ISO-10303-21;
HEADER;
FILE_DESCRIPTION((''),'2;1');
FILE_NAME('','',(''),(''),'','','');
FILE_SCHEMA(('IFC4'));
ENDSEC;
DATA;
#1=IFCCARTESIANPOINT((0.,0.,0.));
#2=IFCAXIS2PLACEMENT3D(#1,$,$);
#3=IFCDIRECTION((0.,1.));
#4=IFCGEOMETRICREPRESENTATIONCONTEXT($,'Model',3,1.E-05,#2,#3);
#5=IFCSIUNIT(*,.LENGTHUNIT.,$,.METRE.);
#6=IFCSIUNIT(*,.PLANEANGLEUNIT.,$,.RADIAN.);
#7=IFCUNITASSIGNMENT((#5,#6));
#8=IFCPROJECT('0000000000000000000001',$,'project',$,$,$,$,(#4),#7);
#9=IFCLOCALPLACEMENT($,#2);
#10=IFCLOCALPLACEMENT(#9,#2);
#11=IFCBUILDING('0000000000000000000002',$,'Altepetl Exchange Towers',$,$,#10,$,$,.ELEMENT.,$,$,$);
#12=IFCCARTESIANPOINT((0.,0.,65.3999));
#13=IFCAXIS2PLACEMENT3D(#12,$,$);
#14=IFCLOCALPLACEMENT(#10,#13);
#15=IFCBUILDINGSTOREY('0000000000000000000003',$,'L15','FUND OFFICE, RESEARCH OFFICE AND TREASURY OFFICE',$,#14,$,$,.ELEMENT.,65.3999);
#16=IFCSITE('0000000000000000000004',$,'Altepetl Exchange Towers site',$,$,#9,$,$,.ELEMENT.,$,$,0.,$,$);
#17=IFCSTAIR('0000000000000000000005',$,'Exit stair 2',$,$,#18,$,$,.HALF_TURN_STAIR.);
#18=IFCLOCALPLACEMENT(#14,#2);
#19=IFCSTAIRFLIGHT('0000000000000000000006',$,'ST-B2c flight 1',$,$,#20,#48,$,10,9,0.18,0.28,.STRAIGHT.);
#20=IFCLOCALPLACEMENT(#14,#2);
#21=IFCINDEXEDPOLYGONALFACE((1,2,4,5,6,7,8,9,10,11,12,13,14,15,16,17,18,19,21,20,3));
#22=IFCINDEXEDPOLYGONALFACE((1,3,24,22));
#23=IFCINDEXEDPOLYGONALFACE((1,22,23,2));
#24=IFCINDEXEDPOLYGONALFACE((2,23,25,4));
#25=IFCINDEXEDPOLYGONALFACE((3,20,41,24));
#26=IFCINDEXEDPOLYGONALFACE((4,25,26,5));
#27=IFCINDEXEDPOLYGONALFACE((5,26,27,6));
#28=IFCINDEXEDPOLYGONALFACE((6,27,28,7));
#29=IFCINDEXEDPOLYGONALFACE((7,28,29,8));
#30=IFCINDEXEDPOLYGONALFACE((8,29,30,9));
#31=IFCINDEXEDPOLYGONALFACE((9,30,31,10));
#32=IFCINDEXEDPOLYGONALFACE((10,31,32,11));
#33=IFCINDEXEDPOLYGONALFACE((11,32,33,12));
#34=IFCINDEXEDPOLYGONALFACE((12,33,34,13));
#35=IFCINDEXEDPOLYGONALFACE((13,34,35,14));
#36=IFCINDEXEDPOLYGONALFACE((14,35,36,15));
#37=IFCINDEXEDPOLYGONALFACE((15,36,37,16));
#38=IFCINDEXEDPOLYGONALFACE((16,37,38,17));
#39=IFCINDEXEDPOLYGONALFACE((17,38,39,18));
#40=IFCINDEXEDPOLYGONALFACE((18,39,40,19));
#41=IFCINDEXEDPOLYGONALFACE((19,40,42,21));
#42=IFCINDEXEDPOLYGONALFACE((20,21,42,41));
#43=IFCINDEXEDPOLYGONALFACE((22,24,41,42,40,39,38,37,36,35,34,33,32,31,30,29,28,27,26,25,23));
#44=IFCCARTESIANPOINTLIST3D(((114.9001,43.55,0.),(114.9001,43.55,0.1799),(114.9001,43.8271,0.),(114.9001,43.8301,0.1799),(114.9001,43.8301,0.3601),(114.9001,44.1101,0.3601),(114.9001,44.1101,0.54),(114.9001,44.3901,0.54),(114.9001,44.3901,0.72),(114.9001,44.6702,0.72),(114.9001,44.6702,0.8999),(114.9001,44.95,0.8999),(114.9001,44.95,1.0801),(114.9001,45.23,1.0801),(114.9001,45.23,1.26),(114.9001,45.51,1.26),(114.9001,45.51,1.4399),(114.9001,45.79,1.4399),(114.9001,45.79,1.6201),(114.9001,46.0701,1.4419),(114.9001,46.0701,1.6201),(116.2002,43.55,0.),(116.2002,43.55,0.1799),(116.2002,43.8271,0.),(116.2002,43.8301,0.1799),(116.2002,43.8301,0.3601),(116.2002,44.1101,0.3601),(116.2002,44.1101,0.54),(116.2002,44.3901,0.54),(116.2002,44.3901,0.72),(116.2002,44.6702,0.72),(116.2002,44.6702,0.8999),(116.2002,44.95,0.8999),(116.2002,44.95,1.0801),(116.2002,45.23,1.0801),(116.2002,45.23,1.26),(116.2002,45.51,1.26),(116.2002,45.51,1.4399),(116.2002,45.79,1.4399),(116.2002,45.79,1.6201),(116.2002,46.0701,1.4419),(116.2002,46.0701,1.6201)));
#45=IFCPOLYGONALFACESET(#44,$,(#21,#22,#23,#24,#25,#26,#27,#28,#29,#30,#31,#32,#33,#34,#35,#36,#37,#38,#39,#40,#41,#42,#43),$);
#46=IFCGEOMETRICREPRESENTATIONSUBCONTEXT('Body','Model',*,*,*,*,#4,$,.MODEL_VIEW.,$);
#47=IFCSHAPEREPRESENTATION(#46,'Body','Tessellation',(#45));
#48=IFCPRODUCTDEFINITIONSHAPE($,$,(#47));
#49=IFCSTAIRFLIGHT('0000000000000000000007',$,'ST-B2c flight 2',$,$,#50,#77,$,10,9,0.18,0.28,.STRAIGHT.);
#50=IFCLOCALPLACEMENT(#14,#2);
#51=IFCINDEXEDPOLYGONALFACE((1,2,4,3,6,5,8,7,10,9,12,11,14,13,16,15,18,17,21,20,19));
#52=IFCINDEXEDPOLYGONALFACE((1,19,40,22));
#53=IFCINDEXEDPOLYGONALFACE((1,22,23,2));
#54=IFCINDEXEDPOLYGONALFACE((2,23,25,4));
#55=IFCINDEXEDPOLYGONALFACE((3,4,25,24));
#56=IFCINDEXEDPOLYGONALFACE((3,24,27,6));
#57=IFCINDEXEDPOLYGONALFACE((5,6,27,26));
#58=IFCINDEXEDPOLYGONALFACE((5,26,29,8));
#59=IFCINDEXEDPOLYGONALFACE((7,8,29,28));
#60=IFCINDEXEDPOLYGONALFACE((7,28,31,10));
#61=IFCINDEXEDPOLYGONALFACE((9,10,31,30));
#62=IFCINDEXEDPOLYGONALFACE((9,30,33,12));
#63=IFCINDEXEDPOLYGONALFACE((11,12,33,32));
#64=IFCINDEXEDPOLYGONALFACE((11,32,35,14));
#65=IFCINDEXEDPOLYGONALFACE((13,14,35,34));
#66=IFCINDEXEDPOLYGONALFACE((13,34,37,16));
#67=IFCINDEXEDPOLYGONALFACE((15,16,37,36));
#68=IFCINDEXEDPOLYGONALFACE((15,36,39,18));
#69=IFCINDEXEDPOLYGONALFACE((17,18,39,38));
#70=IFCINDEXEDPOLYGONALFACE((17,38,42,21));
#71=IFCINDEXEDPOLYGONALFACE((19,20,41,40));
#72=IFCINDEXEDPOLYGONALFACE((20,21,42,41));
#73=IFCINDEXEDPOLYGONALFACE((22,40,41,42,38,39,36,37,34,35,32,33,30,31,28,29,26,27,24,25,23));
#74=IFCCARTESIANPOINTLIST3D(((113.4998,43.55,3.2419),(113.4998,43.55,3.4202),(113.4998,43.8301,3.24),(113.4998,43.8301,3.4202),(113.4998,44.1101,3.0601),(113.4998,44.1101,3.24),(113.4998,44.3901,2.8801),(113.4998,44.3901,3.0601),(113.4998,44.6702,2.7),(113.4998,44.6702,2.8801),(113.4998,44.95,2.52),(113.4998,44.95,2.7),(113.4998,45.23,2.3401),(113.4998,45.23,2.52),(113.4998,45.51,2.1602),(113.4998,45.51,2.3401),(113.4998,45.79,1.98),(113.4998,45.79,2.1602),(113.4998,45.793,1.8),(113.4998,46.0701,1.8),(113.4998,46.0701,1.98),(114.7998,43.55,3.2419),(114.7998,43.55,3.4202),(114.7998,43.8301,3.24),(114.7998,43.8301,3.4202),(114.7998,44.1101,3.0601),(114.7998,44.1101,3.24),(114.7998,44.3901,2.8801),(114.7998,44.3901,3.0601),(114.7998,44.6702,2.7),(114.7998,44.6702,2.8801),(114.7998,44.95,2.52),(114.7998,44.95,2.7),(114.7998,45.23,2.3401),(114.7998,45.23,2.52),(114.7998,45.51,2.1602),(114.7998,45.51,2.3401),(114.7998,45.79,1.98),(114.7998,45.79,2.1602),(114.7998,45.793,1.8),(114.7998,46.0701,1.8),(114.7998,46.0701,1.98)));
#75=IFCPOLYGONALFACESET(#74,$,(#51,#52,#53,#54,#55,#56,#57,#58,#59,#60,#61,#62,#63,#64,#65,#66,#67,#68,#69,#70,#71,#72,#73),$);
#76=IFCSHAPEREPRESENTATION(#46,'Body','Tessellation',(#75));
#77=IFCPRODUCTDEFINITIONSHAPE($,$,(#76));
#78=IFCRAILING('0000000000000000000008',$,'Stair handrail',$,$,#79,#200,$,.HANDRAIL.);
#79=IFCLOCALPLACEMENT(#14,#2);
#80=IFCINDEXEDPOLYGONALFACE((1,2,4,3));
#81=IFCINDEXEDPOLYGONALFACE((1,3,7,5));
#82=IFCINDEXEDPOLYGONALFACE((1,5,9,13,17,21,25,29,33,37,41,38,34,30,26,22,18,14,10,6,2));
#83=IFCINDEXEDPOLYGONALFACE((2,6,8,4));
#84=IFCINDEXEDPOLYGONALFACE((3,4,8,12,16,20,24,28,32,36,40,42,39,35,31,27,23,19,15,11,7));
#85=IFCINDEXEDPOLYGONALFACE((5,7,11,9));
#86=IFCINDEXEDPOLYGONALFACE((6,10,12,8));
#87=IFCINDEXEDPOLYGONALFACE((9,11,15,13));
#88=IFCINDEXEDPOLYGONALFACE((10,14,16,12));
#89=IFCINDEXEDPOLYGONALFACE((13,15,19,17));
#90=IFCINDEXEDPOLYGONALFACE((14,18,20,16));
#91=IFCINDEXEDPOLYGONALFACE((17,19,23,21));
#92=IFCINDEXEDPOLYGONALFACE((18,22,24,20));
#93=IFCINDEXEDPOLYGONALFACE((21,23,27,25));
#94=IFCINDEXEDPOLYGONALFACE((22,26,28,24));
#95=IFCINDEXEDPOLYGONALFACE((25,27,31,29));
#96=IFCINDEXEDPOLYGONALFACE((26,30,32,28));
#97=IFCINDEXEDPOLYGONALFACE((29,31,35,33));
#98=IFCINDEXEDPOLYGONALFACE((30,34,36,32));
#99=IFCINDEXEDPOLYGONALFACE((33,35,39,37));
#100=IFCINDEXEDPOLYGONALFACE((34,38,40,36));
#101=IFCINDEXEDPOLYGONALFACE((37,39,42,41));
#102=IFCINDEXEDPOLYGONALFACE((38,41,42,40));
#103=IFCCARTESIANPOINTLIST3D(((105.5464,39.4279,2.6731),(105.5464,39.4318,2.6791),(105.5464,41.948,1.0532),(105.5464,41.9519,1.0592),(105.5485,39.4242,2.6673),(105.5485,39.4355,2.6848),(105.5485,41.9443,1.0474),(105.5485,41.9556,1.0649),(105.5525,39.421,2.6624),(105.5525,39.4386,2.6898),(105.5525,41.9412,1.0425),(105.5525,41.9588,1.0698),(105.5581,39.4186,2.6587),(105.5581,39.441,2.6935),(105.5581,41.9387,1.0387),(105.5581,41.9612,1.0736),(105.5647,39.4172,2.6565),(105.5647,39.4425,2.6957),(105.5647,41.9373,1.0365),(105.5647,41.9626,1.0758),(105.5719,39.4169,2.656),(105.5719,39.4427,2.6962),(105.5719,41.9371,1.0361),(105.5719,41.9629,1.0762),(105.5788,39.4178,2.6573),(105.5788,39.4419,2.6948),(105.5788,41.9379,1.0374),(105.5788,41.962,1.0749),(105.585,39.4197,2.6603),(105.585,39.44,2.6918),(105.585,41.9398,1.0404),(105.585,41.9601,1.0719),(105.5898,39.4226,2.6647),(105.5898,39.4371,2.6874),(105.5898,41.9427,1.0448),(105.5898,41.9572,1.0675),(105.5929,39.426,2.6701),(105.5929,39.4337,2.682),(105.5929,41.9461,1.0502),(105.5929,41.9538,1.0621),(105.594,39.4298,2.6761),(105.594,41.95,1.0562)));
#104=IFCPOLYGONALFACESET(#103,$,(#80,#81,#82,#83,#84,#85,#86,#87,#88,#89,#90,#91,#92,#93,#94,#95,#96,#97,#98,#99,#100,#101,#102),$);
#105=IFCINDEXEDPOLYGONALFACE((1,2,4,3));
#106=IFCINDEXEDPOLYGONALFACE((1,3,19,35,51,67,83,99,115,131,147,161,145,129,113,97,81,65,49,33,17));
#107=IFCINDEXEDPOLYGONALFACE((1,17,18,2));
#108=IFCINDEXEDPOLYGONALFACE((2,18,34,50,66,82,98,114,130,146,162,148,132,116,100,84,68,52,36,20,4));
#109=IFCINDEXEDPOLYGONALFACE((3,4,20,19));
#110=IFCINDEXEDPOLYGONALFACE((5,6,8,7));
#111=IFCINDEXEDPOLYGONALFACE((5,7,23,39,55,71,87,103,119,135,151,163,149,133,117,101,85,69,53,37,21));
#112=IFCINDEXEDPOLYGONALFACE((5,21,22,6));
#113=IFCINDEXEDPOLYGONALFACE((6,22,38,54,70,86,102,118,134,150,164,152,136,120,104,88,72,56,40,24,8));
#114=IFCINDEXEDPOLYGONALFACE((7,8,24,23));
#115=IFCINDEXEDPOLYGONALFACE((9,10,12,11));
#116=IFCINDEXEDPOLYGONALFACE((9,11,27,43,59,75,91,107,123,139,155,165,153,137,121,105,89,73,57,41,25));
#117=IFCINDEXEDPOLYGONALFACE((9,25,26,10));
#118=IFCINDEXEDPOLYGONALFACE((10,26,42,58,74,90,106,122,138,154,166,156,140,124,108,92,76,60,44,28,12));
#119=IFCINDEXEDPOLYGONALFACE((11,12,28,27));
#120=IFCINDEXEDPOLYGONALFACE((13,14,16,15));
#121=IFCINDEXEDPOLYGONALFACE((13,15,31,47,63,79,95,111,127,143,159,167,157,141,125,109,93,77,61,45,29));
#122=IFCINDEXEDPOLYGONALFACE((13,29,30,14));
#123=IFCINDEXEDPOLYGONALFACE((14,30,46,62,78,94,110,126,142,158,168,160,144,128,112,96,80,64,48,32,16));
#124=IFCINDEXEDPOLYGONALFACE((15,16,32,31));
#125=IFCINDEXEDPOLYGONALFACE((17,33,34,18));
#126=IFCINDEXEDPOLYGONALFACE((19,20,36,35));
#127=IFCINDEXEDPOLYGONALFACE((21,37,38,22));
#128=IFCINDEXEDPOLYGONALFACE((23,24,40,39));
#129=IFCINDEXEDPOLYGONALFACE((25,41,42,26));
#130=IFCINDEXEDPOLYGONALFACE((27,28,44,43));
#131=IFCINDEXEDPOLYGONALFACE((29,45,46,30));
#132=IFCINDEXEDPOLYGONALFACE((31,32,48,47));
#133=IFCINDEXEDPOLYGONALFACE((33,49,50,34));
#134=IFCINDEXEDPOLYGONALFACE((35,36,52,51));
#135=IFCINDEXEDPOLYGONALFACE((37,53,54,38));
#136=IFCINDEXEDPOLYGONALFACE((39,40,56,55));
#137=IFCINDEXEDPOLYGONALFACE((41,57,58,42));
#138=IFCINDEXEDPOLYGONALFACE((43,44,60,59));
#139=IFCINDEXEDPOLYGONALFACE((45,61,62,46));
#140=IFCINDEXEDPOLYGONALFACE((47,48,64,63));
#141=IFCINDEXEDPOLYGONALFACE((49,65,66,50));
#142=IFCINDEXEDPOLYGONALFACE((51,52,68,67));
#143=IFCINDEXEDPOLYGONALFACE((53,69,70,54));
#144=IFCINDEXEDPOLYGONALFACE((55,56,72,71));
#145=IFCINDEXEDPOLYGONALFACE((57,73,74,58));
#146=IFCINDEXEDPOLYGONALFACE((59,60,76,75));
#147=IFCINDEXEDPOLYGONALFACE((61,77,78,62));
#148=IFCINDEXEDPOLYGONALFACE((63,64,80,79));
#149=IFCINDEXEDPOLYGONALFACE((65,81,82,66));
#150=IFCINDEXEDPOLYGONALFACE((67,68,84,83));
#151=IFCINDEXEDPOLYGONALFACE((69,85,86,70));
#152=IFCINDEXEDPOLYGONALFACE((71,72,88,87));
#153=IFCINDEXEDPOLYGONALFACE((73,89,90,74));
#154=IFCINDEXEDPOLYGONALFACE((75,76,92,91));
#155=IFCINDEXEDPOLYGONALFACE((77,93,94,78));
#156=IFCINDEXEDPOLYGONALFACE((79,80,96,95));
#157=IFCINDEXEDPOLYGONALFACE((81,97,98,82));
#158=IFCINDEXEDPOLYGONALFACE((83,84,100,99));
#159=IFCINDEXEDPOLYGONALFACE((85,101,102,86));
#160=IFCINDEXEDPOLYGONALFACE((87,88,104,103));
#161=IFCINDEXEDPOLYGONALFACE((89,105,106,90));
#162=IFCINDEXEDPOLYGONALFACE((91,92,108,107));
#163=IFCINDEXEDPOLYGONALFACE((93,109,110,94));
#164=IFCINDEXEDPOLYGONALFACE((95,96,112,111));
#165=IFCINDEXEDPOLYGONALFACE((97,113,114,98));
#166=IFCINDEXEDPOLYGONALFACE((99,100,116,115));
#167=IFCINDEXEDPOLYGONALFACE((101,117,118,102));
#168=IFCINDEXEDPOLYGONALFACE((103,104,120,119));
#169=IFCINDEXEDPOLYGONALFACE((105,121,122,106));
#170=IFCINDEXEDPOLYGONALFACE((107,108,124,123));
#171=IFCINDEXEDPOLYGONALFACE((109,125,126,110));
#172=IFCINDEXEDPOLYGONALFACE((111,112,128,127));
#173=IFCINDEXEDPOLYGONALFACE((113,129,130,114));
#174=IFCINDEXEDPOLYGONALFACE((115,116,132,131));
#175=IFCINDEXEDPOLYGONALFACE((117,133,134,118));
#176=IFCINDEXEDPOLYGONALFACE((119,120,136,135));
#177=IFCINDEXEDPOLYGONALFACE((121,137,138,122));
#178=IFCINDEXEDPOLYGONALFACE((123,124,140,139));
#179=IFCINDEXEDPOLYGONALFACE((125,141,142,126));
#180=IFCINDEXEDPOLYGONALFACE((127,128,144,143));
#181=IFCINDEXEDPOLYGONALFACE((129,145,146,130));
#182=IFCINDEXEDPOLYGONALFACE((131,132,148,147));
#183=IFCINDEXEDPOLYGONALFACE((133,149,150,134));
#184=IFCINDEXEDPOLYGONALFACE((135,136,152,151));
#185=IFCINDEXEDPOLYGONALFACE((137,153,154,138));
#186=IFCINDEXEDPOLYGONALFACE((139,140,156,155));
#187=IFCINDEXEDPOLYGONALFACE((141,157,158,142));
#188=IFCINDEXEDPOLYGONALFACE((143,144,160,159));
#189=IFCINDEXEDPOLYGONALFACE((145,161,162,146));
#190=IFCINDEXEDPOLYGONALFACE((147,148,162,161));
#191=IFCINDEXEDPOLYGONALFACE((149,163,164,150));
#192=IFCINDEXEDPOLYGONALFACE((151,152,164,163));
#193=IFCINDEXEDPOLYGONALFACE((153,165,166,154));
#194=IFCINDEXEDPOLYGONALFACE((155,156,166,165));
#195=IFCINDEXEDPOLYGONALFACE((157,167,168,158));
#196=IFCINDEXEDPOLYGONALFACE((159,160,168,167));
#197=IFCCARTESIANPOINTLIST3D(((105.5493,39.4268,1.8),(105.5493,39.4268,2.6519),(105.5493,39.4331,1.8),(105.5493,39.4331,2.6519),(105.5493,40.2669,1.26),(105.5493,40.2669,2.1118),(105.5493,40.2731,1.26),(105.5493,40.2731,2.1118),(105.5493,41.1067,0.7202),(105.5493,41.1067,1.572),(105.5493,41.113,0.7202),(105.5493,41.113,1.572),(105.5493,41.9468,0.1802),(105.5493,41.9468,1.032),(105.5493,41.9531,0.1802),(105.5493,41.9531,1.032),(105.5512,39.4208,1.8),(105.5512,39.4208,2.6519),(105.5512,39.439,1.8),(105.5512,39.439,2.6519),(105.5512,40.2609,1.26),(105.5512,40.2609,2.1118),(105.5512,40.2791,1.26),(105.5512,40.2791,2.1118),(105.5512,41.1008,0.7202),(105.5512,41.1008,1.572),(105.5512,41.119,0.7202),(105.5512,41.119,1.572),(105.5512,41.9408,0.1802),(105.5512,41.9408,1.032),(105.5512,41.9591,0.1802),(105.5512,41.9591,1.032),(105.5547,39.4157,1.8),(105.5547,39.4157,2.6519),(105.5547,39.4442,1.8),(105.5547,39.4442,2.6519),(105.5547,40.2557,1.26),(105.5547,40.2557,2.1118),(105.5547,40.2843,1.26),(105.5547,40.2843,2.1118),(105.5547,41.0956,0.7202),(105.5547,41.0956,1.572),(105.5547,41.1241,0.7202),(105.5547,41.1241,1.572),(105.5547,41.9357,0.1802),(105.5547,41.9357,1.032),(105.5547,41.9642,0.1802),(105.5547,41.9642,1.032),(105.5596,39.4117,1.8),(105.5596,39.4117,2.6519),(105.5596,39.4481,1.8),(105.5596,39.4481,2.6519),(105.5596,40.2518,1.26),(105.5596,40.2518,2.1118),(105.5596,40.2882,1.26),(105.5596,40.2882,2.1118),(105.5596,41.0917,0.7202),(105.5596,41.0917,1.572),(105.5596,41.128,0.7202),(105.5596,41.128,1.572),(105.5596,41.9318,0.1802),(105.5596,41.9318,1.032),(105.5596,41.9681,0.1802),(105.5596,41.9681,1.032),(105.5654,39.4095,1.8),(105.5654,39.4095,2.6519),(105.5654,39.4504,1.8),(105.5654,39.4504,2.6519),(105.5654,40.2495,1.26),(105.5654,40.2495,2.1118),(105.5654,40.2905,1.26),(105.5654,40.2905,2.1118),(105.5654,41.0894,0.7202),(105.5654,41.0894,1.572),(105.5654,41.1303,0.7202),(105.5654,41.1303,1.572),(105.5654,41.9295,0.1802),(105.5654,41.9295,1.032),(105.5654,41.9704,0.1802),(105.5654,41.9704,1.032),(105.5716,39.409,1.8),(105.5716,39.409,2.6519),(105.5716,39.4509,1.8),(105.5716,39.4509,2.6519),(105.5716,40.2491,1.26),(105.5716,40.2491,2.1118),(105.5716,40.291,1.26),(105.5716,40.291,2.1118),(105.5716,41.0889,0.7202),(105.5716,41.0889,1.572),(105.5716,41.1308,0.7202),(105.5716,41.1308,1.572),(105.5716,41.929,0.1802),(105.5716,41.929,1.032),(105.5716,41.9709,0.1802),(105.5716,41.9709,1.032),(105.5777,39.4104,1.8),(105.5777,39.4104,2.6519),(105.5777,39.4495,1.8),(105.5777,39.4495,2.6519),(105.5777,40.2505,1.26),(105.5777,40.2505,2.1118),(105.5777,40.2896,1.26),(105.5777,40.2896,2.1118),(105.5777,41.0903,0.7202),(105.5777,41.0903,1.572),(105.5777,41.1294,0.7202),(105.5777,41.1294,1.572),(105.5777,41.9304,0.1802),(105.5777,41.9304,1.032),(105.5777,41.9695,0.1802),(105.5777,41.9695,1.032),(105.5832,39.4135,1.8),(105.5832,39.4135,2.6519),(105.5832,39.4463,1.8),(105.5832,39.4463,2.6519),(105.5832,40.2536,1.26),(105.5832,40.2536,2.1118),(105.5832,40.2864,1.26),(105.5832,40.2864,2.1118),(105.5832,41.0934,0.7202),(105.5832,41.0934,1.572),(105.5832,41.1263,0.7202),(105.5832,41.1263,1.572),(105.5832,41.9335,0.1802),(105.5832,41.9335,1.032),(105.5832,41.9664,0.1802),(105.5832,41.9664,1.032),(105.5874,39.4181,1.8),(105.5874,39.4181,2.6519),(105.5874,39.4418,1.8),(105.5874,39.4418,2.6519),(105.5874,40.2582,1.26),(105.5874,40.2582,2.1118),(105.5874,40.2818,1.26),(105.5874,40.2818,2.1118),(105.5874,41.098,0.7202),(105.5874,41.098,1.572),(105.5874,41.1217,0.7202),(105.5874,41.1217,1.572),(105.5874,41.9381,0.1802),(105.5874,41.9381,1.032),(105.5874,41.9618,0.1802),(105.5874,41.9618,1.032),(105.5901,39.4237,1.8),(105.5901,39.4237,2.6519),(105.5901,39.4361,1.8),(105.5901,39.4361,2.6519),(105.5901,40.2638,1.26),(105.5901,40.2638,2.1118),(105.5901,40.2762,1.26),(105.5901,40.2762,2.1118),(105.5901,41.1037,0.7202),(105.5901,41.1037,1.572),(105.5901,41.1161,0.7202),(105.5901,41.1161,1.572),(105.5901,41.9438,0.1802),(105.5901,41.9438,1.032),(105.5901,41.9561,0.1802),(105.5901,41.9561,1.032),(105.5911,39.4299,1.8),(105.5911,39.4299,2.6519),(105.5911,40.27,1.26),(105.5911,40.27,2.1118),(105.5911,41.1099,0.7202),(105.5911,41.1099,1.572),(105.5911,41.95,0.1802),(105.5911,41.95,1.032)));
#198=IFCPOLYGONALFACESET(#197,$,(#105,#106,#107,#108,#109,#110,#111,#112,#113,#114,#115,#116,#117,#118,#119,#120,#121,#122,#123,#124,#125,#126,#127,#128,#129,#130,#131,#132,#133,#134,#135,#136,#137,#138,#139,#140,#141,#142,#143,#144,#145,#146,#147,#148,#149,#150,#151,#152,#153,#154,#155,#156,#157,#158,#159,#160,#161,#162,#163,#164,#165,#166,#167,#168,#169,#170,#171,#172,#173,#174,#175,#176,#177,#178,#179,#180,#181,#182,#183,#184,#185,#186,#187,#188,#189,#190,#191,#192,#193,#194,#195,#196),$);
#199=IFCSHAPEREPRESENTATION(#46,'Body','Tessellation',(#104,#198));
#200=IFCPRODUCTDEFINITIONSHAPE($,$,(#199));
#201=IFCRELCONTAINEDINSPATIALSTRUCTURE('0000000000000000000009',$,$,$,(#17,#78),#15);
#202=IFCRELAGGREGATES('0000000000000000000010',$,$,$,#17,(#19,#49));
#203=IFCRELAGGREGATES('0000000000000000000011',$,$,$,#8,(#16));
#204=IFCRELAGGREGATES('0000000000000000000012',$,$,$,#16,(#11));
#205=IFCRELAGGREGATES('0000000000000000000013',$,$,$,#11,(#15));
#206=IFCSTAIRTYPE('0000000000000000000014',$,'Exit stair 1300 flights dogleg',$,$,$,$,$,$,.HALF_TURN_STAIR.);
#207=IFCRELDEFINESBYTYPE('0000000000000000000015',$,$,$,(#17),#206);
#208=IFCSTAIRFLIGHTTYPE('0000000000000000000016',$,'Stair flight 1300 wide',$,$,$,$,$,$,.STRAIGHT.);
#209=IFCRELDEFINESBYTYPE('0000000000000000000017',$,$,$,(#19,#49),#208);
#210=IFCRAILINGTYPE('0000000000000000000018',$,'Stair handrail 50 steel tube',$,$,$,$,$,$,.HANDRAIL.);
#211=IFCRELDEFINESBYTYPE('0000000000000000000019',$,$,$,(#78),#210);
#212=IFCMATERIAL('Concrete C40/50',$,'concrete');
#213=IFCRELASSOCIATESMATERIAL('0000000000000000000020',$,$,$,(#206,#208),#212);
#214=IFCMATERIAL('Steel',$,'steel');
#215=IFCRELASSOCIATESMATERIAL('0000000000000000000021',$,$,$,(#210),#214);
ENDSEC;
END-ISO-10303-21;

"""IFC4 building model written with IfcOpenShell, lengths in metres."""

from ifc_helpers import new_model, si_unit, direction, frame, origin, origin_2d, place, context, subcontext, project, spatial, polyline, circle, outline, extrude, source, transform, mapped, material, type_object, element, aggregate, save


model = new_model("IFC4")

# Units and contexts
model_context = context("Model", 3, precision=1e-05, world=origin(), true_north=direction((0.0, 1.0)))
body_context = subcontext(model_context, "Body", "Model", "MODEL_VIEW")
ifc_project = project(units=[si_unit("LENGTHUNIT", "METRE"), si_unit("PLANEANGLEUNIT", "RADIAN")], contexts=[model_context])

# Site, building, storey
site_placement = place(None, origin())
site = spatial("IfcSite", under=ifc_project, at=site_placement, Name="Altepetl Exchange Towers site", CompositionType="ELEMENT", RefElevation=0.0)
building_placement = place(site_placement, origin())
building = spatial("IfcBuilding", under=site, at=building_placement, Name="Altepetl Exchange Towers", CompositionType="ELEMENT")
storey_placement = place(building_placement, frame((0.0, 0.0, 65.3999)))
storey = spatial("IfcBuildingStorey", under=building, at=storey_placement, Name="L15", Description="FUND OFFICE, RESEARCH OFFICE AND TREASURY OFFICE", CompositionType="ELEMENT", Elevation=65.3999)

# Shared definitions
ifc_material_1 = material(Name="Concrete C40/50", Category="concrete")

# Shared definitions
stair_type = type_object("IfcStairType", Name="Exit stair 1300 flights dogleg", PredefinedType="HALF_TURN_STAIR", material=ifc_material_1)
stair_flight_type = type_object("IfcStairFlightType", Name="Stair flight 1300 wide", PredefinedType="STRAIGHT", material=ifc_material_1)

# Stair, stair flights
stair_1_placement = place(storey_placement, origin())
stair_1 = element("IfcStair", 1, at=stair_1_placement, inside=storey, type_object=stair_type, Name="Exit stair 2", PredefinedType="HALF_TURN_STAIR")
stair_flight_1_placement = place(storey_placement, frame((115.55, 43.55, 0.0), z_axis=(0.0, 0.0, 1.0), x_axis=(0.0, 1.0, 0.0)))
stair_flight_1 = element("IfcStairFlight", 2, at=stair_flight_1_placement, type_object=stair_flight_type, Name="ST-B2c flight 1", NumberOfRisers=10, NumberOfTreads=9, PredefinedType="STRAIGHT", RiserHeight=0.18, TreadLength=0.28, context=body_context, shape_type="SweptSolid", body=[
    extrude(outline(polyline([(0.0, 0.0), (0.0, 0.1799), (0.28, 0.1799), (0.28, 0.3601), (0.5601, 0.3601), (0.5601, 0.54), (0.8401, 0.54), (0.8401, 0.72), (1.1201, 0.72), (1.1201, 0.8999), (1.3999, 0.8999), (1.3999, 1.0801), (1.6799, 1.0801), (1.6799, 1.26), (1.96, 1.26), (1.96, 1.4399), (2.24, 1.4399), (2.24, 1.6201), (2.52, 1.6201), (2.52, 1.8), (2.52, 1.4419), (0.2771, 0.0), (0.0, 0.0)])), frame((0.0, 0.6499, 0.0), z_axis=(0.0, -1.0, 0.0), x_axis=(1.0, 0.0, 0.0)), (0.0, 0.0, 1.0), 1.3),
])
stair_flight_2_placement = place(storey_placement, frame((114.1499, 46.0701, 1.8), z_axis=(0.0, 0.0, 1.0), x_axis=(0.0, -1.0, 0.0)))
stair_flight_2 = element("IfcStairFlight", 3, at=stair_flight_2_placement, type_object=stair_flight_type, Name="ST-B2c flight 2", NumberOfRisers=10, NumberOfTreads=9, PredefinedType="STRAIGHT", RiserHeight=0.18, TreadLength=0.28, context=body_context, shape_type="SweptSolid", body=[
    extrude(outline(polyline([(0.0, 0.0), (0.0, 0.1799), (0.28, 0.1799), (0.28, 0.3601), (0.5601, 0.3601), (0.5601, 0.54), (0.8401, 0.54), (0.8401, 0.72), (1.1201, 0.72), (1.1201, 0.8999), (1.3999, 0.8999), (1.3999, 1.0801), (1.6799, 1.0801), (1.6799, 1.26), (1.96, 1.26), (1.96, 1.4399), (2.24, 1.4399), (2.24, 1.6201), (2.52, 1.6201), (2.52, 1.8), (2.52, 1.4419), (0.2771, 0.0), (0.0, 0.0)])), frame((0.0, 0.6499, 0.0), z_axis=(0.0, -1.0, 0.0), x_axis=(1.0, 0.0, 0.0)), (0.0, 0.0, 1.0), 1.3),
])
aggregate(stair_1, [stair_flight_1, stair_flight_2])

# Railing
ifc_material_2 = material(Name="Steel", Category="steel")
railing_type = type_object("IfcRailingType", Name="Stair handrail 50 steel tube", PredefinedType="HANDRAIL", material=ifc_material_2)
shared_shape = source(origin(), body_context, "Body", "SweptSolid", [
    extrude(circle(Radius=0.021, at=origin_2d()), origin(), (0.0, 0.0, 1.0), 0.8518),
])
railing_1_placement = place(storey_placement, frame((105.5701, 41.95, 0.1802)))
element("IfcRailing", 4, at=railing_1_placement, inside=storey, type_object=railing_type, Name="Stair handrail", PredefinedType="HANDRAIL", context=body_context, shape_type="SweptSolid", body=[
    extrude(circle(Radius=0.0239, at=origin_2d()), frame((0.0, 0.0, 0.876), z_axis=(0.0, -0.8412, 0.540725), x_axis=(1.0, 0.0, 0.0)), (0.0, 0.0, 1.0), 2.9958),
    mapped(shared_shape, transform((0.0, 0.0, 0.0))),
    mapped(shared_shape, transform((0.0, -0.8401, 0.54))),
    mapped(shared_shape, transform((0.0, -1.6799, 1.0798))),
    mapped(shared_shape, transform((0.0, -2.52, 1.6199))),
])

save(model, "model.ifc")
